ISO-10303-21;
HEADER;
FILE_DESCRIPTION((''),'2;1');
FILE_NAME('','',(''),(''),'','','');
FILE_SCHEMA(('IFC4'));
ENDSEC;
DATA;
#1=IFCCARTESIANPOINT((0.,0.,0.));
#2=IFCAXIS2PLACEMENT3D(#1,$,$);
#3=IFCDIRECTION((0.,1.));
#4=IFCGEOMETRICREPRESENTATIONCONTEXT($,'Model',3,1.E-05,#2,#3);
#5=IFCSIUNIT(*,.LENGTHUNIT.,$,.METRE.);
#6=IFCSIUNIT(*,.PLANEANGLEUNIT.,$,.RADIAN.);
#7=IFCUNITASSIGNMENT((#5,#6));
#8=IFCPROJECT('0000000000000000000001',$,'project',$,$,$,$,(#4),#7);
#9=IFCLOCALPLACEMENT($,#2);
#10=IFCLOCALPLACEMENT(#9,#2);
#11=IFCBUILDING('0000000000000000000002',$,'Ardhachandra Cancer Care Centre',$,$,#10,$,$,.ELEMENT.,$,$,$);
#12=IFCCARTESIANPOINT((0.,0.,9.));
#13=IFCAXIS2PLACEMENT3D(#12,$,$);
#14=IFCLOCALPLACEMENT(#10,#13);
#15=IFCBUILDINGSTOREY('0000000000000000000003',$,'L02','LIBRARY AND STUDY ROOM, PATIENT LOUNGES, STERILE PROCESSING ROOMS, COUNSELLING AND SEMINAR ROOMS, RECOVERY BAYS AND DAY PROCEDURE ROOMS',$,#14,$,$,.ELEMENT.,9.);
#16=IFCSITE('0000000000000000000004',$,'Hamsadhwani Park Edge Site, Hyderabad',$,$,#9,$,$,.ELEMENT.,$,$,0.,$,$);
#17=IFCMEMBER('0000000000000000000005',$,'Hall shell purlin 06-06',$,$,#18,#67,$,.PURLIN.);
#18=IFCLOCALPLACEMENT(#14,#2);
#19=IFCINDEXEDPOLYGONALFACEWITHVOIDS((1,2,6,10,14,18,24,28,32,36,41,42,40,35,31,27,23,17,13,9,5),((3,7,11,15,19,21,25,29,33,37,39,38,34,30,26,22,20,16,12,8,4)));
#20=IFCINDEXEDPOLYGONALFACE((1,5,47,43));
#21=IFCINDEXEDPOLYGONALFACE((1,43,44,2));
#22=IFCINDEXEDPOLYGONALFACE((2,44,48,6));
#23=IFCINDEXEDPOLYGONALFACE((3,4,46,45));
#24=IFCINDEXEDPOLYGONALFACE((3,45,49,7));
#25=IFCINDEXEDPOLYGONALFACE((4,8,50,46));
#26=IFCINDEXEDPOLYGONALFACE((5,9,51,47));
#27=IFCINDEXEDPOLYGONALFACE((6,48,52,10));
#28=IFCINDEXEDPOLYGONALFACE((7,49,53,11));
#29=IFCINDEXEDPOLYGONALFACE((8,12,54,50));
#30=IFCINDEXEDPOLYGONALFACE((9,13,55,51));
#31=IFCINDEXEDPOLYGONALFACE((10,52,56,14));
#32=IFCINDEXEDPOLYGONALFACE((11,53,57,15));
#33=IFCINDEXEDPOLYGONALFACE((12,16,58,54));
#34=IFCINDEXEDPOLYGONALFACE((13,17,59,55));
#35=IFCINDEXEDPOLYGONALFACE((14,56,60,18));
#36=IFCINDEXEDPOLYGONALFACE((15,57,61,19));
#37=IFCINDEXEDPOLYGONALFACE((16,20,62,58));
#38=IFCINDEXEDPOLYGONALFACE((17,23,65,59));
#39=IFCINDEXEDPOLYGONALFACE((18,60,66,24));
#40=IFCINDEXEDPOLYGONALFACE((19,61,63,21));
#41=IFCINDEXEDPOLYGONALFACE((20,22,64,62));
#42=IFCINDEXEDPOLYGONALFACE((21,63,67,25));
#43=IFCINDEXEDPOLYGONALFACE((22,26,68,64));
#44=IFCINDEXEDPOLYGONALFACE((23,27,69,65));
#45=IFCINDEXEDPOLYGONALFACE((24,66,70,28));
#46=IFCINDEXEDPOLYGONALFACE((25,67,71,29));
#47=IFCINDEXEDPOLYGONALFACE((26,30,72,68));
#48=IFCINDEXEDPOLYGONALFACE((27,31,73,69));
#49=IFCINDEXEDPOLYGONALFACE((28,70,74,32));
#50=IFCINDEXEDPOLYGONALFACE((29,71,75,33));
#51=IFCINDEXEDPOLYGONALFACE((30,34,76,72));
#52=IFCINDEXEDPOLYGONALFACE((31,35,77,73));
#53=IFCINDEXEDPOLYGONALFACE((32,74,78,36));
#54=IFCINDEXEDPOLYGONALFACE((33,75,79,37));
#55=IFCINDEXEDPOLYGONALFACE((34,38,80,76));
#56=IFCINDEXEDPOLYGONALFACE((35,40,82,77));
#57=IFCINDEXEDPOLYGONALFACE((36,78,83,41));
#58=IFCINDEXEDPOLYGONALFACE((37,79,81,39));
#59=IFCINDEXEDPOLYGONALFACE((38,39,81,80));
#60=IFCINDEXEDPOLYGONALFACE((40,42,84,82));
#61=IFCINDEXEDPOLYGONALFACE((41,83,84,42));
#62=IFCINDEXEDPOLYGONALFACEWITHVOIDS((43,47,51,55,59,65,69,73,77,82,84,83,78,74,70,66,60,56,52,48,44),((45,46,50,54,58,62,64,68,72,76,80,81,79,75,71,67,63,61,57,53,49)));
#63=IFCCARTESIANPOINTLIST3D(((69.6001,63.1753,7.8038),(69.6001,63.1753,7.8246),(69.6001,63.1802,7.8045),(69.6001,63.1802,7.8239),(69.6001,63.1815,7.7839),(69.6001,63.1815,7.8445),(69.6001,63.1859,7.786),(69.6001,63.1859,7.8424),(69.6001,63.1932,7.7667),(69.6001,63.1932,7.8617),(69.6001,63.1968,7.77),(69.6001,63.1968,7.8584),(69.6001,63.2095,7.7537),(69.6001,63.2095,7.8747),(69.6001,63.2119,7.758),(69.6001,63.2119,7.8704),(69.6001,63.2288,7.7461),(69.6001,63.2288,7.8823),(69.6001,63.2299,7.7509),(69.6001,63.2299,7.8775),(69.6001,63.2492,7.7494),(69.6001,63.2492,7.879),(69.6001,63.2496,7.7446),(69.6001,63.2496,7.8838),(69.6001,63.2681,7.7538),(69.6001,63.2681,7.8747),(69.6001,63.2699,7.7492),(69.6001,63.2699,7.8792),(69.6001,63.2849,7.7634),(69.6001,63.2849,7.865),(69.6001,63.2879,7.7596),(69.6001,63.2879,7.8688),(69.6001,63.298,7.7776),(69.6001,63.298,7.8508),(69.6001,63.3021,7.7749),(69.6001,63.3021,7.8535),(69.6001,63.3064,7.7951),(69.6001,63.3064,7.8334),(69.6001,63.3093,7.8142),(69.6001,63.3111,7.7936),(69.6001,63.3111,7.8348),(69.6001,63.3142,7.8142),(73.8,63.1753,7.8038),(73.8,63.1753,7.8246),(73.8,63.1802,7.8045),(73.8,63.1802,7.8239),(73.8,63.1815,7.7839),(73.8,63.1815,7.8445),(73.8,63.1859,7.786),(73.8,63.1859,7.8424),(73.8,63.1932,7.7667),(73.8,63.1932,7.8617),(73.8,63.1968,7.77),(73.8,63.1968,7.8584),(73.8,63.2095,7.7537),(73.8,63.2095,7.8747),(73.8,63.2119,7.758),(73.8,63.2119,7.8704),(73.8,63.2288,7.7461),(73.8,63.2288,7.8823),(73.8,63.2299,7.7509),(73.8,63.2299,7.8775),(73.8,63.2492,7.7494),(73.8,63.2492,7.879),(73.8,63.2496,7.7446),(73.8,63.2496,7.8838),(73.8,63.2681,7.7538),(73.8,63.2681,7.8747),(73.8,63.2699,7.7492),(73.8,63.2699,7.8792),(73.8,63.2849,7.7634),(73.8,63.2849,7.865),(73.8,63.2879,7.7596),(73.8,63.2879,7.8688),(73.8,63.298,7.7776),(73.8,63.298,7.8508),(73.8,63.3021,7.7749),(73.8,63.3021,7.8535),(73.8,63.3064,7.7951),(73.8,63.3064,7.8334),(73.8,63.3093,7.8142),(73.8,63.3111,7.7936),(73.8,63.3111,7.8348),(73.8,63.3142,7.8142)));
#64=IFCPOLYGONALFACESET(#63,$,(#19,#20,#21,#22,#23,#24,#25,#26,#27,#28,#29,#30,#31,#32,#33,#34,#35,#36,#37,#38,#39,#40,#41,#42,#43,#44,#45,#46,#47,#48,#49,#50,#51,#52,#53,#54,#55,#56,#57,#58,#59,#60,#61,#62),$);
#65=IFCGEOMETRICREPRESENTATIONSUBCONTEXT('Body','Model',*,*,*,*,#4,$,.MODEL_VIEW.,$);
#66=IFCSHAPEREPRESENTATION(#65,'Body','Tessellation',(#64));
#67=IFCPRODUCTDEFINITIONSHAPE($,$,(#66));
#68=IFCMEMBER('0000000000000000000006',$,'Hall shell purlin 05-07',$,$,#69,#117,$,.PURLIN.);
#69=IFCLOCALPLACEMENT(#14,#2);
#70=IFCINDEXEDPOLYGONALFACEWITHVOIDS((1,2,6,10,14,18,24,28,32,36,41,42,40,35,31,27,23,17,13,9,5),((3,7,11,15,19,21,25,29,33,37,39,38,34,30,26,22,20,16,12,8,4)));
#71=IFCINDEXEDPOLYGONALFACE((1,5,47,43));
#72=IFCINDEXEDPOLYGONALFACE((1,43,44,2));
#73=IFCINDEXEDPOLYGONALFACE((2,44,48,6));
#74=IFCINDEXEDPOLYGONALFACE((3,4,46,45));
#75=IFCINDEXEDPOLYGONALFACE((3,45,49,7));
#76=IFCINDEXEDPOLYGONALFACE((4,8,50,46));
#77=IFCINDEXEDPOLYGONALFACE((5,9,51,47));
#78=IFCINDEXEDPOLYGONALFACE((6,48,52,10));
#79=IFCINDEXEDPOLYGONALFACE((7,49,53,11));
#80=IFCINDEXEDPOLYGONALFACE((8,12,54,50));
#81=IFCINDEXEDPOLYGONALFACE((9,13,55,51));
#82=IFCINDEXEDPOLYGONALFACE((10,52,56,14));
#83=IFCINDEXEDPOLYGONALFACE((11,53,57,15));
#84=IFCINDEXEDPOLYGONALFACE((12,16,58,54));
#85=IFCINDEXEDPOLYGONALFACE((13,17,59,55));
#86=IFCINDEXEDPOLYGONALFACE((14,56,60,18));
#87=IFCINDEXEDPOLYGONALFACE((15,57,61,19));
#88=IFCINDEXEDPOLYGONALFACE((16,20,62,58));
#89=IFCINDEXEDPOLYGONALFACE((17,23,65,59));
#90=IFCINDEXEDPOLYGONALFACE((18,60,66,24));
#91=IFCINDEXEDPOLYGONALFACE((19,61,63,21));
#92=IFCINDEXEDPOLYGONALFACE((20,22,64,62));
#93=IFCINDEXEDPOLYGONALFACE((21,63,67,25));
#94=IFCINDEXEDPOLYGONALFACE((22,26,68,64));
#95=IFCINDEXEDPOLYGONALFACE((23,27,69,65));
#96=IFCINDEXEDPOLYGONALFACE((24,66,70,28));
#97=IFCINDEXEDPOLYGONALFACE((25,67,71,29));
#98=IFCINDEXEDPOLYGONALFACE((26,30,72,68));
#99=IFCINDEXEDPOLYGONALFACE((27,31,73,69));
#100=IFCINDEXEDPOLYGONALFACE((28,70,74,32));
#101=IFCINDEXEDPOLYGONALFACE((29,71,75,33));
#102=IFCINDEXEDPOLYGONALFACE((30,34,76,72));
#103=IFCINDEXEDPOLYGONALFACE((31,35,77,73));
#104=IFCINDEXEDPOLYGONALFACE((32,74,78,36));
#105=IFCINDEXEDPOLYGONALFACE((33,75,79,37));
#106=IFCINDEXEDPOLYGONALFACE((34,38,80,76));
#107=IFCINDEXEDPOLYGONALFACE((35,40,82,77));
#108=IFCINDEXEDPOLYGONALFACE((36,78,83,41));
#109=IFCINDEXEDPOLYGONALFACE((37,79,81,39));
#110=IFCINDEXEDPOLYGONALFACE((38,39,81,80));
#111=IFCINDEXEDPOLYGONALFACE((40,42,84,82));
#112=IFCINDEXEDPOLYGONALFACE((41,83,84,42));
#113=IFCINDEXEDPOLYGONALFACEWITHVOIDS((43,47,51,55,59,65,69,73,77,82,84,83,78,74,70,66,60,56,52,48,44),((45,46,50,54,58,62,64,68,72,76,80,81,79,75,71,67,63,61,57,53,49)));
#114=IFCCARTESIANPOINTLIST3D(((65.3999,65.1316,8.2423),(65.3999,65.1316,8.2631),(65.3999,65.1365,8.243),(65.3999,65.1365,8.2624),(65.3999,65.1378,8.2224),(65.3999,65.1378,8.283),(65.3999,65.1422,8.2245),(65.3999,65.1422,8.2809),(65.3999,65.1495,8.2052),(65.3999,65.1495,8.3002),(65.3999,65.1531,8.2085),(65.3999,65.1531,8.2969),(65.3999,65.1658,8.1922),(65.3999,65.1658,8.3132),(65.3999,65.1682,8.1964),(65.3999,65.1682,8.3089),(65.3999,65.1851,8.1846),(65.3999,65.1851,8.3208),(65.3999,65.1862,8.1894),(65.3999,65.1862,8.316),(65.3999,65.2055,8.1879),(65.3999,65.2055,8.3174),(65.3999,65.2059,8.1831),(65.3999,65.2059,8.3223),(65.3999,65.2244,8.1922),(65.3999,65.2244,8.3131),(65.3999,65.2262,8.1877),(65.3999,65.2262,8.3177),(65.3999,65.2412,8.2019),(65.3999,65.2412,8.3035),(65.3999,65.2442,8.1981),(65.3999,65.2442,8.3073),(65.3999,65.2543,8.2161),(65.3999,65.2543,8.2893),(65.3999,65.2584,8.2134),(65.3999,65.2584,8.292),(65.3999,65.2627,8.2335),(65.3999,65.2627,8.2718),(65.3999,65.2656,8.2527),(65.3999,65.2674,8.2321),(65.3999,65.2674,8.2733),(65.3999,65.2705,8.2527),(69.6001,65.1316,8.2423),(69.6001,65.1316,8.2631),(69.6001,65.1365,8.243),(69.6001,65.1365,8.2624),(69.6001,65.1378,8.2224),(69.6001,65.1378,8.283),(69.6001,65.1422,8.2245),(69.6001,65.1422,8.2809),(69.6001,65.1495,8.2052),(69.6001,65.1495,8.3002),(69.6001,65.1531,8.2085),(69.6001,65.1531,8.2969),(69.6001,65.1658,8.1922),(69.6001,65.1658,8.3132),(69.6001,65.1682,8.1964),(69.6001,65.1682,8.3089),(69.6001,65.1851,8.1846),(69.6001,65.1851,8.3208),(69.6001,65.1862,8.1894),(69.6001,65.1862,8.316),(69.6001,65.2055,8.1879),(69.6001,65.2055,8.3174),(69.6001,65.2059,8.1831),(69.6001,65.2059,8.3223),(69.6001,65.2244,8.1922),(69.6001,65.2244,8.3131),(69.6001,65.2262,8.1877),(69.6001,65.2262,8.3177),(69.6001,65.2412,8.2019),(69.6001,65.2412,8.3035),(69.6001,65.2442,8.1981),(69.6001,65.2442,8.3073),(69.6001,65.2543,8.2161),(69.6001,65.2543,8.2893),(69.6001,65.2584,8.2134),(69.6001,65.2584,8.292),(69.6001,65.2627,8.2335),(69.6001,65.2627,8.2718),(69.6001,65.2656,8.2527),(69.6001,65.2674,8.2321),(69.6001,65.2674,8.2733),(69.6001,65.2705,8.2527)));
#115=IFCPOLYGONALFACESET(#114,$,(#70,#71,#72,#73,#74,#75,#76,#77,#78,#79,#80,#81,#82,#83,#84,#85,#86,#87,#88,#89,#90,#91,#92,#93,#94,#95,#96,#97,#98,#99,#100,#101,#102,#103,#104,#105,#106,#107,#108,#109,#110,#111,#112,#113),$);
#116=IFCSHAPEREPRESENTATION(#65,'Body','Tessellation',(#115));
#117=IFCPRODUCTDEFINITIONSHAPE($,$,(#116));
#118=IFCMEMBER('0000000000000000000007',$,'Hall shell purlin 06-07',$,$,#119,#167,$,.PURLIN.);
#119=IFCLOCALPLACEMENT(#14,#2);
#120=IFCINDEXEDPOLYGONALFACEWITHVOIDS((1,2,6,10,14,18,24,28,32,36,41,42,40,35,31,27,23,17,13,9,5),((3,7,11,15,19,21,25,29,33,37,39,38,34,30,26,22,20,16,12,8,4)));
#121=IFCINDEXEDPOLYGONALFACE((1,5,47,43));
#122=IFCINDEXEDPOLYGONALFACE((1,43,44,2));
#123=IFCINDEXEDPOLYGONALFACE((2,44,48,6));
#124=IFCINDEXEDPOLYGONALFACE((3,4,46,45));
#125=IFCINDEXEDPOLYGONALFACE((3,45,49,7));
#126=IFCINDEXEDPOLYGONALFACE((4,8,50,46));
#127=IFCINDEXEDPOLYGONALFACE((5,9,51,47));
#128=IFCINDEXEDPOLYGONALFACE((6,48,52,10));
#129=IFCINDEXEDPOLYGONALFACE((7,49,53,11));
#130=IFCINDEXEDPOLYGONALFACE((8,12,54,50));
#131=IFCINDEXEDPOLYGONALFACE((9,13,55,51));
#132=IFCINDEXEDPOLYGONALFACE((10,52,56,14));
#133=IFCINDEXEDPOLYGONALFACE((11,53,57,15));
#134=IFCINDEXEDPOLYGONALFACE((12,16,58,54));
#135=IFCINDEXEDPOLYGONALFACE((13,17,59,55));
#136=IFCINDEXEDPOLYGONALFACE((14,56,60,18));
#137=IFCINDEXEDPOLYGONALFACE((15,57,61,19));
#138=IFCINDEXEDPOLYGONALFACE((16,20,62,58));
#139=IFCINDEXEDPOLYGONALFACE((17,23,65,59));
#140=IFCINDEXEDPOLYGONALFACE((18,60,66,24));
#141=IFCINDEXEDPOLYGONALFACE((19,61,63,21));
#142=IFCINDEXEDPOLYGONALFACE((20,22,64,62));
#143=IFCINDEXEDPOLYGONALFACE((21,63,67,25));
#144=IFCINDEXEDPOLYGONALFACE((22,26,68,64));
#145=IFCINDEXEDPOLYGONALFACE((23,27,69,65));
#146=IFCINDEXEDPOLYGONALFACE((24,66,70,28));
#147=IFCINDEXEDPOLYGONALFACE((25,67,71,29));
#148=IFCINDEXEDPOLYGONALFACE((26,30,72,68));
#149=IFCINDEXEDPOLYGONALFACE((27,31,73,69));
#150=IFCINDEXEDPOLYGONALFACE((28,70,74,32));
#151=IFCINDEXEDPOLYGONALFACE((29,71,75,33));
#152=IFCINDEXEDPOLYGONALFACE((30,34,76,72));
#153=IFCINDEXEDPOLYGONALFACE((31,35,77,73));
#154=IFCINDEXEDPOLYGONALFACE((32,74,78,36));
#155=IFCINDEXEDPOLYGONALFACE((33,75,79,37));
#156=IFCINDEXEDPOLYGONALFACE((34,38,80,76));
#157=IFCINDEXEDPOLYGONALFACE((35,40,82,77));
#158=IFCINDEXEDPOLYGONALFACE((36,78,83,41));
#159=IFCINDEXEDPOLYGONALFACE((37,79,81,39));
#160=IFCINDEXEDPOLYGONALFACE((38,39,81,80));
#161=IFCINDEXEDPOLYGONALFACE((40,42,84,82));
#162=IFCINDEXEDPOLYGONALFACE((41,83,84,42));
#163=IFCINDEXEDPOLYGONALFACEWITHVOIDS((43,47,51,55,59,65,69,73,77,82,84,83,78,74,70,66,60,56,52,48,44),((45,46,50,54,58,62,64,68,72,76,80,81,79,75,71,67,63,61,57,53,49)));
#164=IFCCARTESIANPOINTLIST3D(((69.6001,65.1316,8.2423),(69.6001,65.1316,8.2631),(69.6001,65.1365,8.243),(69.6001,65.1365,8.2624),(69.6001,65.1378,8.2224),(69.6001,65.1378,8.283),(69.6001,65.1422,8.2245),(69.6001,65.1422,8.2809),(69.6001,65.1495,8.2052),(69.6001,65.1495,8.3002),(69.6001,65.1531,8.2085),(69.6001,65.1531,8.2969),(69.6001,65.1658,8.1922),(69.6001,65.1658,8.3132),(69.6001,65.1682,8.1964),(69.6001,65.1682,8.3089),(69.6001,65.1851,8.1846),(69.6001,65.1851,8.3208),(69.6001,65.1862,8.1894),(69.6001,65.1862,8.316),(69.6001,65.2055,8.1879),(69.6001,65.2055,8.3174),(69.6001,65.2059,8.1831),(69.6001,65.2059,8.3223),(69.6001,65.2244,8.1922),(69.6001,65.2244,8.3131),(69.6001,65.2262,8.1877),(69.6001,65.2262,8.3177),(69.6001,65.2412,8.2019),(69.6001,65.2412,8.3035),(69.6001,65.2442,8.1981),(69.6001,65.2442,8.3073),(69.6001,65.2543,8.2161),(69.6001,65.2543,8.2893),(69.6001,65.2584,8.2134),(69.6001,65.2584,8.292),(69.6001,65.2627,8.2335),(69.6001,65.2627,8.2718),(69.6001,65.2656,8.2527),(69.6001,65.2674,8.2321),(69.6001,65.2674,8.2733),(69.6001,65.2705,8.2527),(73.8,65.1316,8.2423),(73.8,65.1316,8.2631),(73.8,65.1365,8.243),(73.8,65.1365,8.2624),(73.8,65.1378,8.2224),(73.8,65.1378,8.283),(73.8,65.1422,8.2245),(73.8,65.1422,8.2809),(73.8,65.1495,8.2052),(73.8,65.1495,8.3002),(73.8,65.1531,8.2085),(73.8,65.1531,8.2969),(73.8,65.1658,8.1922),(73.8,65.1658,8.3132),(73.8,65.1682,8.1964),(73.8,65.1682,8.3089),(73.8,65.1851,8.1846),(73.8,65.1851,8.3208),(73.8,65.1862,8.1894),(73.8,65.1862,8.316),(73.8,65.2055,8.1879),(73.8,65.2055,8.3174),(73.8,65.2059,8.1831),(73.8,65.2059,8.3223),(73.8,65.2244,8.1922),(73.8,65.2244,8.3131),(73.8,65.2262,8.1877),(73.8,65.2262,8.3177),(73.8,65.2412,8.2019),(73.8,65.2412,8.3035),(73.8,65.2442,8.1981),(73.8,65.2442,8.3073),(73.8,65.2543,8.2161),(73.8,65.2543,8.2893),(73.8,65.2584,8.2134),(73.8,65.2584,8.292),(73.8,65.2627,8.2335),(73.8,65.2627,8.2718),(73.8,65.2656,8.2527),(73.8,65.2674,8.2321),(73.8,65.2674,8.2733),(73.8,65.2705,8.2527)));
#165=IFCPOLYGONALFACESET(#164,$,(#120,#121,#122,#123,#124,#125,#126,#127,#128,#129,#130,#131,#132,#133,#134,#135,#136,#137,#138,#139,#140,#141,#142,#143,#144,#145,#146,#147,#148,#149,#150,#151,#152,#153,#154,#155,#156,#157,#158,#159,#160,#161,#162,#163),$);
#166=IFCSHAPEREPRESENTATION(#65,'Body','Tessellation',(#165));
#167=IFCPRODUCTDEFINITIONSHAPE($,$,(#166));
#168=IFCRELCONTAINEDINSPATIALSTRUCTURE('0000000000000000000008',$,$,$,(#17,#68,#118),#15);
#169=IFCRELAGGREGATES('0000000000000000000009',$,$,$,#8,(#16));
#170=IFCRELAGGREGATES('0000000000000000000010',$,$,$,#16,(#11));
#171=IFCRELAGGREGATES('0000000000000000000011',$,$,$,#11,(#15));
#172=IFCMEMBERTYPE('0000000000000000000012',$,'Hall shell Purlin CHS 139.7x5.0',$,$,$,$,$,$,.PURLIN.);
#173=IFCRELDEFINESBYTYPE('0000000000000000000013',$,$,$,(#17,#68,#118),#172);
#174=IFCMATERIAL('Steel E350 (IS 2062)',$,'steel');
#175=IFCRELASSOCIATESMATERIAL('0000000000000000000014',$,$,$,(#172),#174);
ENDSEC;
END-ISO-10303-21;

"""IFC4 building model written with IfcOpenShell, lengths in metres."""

from ifc_helpers import new_model, si_unit, direction, frame, origin, origin_2d, place, context, subcontext, project, spatial, hollow_circle, extrude, material, material_profile, profile_set, type_object, element, save


model = new_model("IFC4")

# Units and contexts
model_context = context("Model", 3, precision=1e-05, world=origin(), true_north=direction((0.0, 1.0)))
body_context = subcontext(model_context, "Body", "Model", "MODEL_VIEW")
ifc_project = project(units=[si_unit("LENGTHUNIT", "METRE"), si_unit("PLANEANGLEUNIT", "RADIAN")], contexts=[model_context])

# Site, building, storey
site_placement = place(None, origin())
site = spatial("IfcSite", under=ifc_project, at=site_placement, Name="Hamsadhwani Park Edge Site, Hyderabad", CompositionType="ELEMENT", RefElevation=0.0)
building_placement = place(site_placement, origin())
building = spatial("IfcBuilding", under=site, at=building_placement, Name="Ardhachandra Cancer Care Centre", CompositionType="ELEMENT")
storey_placement = place(building_placement, frame((0.0, 0.0, 9.0)))
storey = spatial("IfcBuildingStorey", under=building, at=storey_placement, Name="L02", Description="LIBRARY AND STUDY ROOM, PATIENT LOUNGES, STERILE PROCESSING ROOMS, COUNSELLING AND SEMINAR ROOMS, RECOVERY BAYS AND DAY PROCEDURE ROOMS", CompositionType="ELEMENT", Elevation=9.0)

# Members
ifc_material_1 = material(Name="Steel E350 (IS 2062)", Category="steel")
ifc_material_profile_1 = material_profile(ifc_material_1, hollow_circle(Radius=0.0698, WallThickness=0.0049, at=origin_2d()), Name="CHS 139.7x5.0")
ifc_profile_set_1 = profile_set([ifc_material_profile_1], Name="Steel E350 (IS 2062)")
member_type_1 = type_object("IfcMemberType", Name="Hall shell Purlin CHS 139.7x5.0", PredefinedType="PURLIN", material=ifc_profile_set_1)
member_1_placement = place(storey_placement, frame((69.6001, 63.2444, 7.8142), z_axis=(1.0, 0.0, 0.0), x_axis=(0.0, 1.0, 0.0)))
element("IfcMember", 1, at=member_1_placement, inside=storey, type_object=member_type_1, Name="Hall shell purlin 06-06", PredefinedType="PURLIN", context=body_context, shape_type="SweptSolid", body=[
    extrude(hollow_circle(Radius=0.0698, WallThickness=0.0049, at=origin_2d()), origin(), (0.0, 0.0, 1.0), 4.2),
])
member_2_placement = place(storey_placement, frame((65.3999, 65.2007, 8.2527), z_axis=(1.0, 0.0, 0.0), x_axis=(0.0, 1.0, 0.0)))
element("IfcMember", 2, at=member_2_placement, inside=storey, type_object=member_type_1, Name="Hall shell purlin 05-07", PredefinedType="PURLIN", context=body_context, shape_type="SweptSolid", body=[
    extrude(hollow_circle(Radius=0.0698, WallThickness=0.0049, at=origin_2d()), origin(), (0.0, 0.0, 1.0), 4.2002),
])
member_3_placement = place(storey_placement, frame((69.6001, 65.2007, 8.2527), z_axis=(1.0, 0.0, 0.0), x_axis=(0.0, 1.0, 0.0)))
element("IfcMember", 3, at=member_3_placement, inside=storey, type_object=member_type_1, Name="Hall shell purlin 06-07", PredefinedType="PURLIN", context=body_context, shape_type="SweptSolid", body=[
    extrude(hollow_circle(Radius=0.0698, WallThickness=0.0049, at=origin_2d()), origin(), (0.0, 0.0, 1.0), 4.2),
])

save(model, "model.ifc")
